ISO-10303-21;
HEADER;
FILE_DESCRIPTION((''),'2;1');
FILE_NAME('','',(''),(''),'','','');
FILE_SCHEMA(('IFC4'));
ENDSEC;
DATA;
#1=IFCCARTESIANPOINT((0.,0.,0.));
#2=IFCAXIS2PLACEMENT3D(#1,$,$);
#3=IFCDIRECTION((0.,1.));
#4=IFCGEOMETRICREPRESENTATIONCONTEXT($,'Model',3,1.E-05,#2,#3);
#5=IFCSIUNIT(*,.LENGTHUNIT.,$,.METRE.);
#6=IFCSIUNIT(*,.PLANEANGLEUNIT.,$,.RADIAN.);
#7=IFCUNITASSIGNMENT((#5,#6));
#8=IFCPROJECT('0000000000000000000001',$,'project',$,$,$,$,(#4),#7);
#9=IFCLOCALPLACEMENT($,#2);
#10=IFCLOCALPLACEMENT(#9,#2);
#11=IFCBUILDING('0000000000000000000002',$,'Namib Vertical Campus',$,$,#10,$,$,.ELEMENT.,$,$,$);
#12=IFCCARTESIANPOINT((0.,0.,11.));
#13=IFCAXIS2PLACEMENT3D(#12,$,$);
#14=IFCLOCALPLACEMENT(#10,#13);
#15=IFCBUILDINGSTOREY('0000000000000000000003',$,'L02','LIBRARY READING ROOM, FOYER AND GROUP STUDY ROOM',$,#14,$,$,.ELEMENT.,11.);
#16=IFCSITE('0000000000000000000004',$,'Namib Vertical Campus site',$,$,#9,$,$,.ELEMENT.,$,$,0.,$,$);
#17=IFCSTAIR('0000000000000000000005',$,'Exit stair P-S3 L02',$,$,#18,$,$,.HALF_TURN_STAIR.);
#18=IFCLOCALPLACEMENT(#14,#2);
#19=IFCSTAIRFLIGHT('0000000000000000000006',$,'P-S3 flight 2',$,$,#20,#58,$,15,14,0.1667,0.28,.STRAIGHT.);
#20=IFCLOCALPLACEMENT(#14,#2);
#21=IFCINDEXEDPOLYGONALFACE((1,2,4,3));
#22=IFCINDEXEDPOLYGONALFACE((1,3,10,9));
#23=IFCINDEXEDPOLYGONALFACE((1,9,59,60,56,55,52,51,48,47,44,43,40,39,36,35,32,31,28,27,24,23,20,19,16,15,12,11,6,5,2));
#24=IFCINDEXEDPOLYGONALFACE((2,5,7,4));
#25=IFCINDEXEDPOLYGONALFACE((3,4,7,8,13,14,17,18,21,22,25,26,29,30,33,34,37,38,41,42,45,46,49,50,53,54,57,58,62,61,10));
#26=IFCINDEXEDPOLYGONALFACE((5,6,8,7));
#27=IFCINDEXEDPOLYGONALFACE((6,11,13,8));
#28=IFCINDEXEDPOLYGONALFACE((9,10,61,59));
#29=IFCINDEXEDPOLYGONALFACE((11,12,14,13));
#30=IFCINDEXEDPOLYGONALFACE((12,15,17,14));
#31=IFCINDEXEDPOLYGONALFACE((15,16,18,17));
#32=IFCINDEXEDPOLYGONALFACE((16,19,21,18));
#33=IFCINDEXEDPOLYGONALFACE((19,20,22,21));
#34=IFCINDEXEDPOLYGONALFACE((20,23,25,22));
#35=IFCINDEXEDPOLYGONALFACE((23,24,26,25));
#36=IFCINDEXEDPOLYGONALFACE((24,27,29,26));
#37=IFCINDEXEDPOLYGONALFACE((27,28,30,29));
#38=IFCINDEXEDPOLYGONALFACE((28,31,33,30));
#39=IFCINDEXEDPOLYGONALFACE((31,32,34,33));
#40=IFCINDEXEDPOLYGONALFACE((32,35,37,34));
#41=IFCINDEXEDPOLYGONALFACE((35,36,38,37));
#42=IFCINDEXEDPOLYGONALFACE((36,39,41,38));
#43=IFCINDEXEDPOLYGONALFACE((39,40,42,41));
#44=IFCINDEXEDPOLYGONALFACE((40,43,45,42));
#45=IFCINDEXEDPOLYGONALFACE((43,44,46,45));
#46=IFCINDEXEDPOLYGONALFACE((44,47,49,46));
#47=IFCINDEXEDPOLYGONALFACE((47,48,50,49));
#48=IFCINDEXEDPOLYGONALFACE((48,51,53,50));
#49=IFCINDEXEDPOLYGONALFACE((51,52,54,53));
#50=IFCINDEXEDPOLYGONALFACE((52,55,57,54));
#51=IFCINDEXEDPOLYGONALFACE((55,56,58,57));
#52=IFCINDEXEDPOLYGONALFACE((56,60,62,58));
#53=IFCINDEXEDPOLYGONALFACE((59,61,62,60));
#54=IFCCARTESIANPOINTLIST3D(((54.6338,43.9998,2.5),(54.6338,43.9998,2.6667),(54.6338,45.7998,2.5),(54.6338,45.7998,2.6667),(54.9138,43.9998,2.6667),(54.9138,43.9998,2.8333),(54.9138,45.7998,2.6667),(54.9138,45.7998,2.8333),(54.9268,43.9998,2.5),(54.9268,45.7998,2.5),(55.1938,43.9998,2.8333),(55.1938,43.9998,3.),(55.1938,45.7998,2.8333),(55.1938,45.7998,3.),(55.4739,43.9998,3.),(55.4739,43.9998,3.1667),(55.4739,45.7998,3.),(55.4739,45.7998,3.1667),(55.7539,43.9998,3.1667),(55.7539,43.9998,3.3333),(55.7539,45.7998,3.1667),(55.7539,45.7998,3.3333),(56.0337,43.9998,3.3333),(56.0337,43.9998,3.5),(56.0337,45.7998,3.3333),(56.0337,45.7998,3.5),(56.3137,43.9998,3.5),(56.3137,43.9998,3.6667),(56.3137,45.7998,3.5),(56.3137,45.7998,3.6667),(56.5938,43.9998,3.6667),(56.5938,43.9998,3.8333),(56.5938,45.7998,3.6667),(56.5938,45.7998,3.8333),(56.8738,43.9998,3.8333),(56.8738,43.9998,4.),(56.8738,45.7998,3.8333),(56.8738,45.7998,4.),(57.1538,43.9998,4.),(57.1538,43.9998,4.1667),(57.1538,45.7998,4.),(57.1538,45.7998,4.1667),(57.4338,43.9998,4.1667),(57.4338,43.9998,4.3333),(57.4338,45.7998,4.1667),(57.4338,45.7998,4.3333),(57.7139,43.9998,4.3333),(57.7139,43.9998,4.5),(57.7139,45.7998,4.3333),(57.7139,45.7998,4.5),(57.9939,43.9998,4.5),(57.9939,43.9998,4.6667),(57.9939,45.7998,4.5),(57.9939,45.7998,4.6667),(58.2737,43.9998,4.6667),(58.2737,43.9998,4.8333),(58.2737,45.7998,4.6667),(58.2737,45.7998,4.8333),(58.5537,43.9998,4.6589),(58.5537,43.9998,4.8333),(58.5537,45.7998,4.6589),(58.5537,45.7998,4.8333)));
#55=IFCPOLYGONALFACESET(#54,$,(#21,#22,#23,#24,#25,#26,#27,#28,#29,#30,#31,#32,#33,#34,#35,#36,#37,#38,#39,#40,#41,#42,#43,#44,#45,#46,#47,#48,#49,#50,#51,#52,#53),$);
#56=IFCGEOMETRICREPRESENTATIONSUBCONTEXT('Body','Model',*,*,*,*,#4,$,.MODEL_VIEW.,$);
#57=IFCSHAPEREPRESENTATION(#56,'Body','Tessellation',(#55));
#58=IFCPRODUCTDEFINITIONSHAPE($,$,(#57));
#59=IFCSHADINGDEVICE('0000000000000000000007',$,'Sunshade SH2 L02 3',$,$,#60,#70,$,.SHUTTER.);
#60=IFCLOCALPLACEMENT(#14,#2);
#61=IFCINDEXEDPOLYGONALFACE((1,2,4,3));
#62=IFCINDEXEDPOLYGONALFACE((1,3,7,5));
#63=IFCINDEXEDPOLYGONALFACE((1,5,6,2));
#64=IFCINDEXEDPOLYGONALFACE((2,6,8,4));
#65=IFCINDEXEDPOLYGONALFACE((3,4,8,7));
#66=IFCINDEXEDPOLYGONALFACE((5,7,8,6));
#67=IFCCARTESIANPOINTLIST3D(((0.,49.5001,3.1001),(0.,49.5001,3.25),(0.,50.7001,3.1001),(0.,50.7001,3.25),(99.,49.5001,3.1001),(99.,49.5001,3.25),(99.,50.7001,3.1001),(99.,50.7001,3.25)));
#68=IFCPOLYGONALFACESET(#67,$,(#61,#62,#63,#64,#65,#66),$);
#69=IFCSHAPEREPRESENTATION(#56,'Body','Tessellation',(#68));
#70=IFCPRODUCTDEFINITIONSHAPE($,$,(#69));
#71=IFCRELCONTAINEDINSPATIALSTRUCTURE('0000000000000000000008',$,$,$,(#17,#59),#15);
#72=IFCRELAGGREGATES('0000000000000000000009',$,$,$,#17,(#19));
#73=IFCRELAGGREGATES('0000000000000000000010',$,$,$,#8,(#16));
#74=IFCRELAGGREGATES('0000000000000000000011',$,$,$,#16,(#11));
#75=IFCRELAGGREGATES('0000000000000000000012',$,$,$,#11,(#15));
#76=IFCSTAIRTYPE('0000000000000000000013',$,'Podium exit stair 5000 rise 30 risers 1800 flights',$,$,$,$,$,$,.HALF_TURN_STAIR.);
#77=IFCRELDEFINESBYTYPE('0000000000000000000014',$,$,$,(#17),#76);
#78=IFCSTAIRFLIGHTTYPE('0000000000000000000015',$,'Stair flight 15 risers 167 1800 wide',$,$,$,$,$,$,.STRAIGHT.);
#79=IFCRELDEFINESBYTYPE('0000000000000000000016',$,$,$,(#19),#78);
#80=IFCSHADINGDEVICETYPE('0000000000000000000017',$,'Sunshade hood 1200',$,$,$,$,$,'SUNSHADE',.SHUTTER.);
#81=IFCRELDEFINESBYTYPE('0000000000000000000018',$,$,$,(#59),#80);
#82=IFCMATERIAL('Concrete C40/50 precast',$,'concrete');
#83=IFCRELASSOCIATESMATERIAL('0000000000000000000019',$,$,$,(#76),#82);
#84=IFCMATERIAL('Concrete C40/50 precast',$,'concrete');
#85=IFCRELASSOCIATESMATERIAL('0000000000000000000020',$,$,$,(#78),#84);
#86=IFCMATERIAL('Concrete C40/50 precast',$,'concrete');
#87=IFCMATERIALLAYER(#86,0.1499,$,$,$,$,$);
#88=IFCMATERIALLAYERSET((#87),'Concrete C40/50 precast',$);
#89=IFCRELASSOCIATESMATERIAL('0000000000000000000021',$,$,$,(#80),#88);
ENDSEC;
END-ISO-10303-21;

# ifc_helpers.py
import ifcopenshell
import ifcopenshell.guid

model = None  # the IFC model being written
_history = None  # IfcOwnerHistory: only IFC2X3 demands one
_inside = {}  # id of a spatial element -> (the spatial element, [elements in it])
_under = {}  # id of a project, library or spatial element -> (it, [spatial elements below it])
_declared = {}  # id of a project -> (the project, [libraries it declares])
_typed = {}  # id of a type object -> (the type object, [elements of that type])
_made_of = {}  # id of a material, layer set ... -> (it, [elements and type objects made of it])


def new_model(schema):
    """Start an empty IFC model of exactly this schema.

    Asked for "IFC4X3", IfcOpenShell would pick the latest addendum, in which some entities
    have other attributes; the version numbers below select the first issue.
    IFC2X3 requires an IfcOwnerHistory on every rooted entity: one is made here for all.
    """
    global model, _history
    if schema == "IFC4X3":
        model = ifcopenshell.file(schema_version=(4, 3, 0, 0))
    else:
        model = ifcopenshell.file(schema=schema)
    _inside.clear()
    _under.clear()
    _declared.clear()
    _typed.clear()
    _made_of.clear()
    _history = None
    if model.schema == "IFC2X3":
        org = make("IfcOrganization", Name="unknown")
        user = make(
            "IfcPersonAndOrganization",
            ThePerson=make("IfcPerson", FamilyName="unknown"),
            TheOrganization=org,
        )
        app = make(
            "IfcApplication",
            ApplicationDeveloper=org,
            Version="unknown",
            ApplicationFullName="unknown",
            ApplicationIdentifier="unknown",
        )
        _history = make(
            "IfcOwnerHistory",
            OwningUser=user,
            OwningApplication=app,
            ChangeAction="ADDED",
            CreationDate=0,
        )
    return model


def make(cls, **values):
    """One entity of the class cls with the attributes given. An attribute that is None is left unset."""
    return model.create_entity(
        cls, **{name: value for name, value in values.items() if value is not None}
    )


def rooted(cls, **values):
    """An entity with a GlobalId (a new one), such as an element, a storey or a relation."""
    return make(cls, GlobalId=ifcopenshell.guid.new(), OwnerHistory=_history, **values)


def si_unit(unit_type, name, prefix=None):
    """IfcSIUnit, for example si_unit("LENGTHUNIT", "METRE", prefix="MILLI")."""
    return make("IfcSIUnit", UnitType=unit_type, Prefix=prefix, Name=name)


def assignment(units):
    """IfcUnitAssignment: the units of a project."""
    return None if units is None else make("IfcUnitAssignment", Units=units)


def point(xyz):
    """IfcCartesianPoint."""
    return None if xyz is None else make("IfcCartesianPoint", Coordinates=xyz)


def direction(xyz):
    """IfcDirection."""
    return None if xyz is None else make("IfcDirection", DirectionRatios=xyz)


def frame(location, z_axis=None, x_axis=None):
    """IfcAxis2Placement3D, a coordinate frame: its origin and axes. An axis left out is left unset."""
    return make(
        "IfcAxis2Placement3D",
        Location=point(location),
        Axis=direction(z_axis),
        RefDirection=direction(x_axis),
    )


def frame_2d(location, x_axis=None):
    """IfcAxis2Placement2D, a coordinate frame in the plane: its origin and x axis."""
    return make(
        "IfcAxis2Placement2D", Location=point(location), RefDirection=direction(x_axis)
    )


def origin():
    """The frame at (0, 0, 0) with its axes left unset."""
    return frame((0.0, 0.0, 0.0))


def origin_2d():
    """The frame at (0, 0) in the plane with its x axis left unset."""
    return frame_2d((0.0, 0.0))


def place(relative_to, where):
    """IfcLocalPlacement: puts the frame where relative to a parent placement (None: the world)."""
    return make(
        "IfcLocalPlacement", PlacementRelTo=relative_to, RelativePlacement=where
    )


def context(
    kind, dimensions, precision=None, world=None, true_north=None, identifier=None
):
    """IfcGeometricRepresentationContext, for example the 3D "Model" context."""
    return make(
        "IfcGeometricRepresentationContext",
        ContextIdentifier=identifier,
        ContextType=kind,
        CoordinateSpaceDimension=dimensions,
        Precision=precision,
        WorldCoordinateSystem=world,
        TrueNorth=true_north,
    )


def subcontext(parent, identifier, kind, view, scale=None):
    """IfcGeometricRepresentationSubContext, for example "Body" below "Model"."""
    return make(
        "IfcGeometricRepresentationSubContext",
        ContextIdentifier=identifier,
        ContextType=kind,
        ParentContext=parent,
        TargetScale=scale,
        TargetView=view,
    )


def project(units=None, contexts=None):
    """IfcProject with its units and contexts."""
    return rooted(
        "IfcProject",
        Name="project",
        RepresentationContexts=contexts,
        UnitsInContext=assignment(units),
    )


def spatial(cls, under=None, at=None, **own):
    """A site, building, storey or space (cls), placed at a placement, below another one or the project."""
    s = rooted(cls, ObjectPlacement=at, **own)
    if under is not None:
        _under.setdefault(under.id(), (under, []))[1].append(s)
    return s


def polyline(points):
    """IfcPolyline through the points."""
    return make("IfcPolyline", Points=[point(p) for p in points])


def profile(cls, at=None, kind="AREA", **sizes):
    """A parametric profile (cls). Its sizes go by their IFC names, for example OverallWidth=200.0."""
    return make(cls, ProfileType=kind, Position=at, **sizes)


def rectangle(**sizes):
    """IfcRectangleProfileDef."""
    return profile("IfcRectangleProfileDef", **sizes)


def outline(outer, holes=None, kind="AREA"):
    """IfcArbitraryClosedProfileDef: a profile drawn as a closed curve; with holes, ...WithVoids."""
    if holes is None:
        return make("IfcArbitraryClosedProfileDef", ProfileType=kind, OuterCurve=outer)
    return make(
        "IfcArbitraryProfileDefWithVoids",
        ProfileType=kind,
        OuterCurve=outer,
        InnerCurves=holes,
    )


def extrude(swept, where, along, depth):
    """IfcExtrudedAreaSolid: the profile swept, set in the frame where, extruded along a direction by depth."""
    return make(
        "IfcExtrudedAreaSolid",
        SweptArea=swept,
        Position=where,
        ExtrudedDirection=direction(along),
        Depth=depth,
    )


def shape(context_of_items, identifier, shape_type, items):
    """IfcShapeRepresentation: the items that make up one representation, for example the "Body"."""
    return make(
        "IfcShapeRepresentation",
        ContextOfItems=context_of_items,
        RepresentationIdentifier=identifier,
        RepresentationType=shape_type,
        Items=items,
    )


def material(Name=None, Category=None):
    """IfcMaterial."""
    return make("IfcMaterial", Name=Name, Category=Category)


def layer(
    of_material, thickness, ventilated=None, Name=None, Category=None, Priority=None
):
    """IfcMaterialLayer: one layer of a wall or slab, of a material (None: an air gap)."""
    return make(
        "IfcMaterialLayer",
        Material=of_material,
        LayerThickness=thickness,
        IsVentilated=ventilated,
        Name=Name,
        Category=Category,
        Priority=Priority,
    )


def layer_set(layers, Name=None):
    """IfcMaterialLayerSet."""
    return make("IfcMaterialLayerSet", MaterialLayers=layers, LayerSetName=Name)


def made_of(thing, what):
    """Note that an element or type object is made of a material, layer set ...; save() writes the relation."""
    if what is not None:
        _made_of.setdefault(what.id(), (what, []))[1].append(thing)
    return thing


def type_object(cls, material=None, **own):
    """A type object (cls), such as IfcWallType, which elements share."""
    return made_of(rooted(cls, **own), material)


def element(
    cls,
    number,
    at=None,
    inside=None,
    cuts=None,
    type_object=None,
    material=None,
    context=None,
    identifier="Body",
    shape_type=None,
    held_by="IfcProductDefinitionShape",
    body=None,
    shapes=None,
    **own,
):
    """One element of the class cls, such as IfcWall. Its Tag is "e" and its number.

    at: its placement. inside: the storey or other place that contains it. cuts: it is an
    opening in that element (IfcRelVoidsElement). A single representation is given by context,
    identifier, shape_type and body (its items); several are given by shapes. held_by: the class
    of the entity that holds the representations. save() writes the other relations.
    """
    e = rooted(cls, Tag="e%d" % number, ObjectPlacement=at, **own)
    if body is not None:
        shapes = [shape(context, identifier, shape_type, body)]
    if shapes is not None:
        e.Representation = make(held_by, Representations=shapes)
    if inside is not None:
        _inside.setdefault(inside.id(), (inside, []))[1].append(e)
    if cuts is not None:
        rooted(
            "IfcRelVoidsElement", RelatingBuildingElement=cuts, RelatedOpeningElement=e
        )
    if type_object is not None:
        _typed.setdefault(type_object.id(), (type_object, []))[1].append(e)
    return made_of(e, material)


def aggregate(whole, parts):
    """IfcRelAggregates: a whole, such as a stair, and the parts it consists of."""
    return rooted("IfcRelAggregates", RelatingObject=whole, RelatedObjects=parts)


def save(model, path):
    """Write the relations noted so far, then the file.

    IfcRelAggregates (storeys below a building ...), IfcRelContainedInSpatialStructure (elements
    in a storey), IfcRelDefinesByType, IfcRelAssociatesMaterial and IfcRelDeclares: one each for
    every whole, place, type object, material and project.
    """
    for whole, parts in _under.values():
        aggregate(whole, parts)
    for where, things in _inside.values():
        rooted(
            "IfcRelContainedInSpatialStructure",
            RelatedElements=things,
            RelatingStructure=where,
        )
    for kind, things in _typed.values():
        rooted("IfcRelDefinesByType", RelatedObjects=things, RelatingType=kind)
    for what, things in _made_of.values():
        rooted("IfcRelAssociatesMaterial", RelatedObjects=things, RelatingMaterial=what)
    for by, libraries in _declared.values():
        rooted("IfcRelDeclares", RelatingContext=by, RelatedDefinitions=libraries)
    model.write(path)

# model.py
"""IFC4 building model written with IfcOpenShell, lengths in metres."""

from ifc_helpers import new_model, si_unit, direction, frame, origin, origin_2d, place, context, subcontext, project, spatial, polyline, rectangle, outline, extrude, material, layer, layer_set, type_object, element, aggregate, save


model = new_model("IFC4")

# Units and contexts
model_context = context("Model", 3, precision=1e-05, world=origin(), true_north=direction((0.0, 1.0)))
body_context = subcontext(model_context, "Body", "Model", "MODEL_VIEW")
ifc_project = project(units=[si_unit("LENGTHUNIT", "METRE"), si_unit("PLANEANGLEUNIT", "RADIAN")], contexts=[model_context])

# Site, building, storey
site_placement = place(None, origin())
site = spatial("IfcSite", under=ifc_project, at=site_placement, Name="Namib Vertical Campus site", CompositionType="ELEMENT", RefElevation=0.0)
building_placement = place(site_placement, origin())
building = spatial("IfcBuilding", under=site, at=building_placement, Name="Namib Vertical Campus", CompositionType="ELEMENT")
storey_placement = place(building_placement, frame((0.0, 0.0, 11.0)))
storey = spatial("IfcBuildingStorey", under=building, at=storey_placement, Name="L02", Description="LIBRARY READING ROOM, FOYER AND GROUP STUDY ROOM", CompositionType="ELEMENT", Elevation=11.0)

# Stair, stair flight
ifc_material_1 = material(Name="Concrete C40/50 precast", Category="concrete")
stair_type = type_object("IfcStairType", Name="Podium exit stair 5000 rise 30 risers 1800 flights", PredefinedType="HALF_TURN_STAIR", material=ifc_material_1)
stair_placement = place(storey_placement, origin())
stair = element("IfcStair", 1, at=stair_placement, inside=storey, type_object=stair_type, Name="Exit stair P-S3 L02", PredefinedType="HALF_TURN_STAIR")
ifc_material_2 = material(Name="Concrete C40/50 precast", Category="concrete")
stair_flight_type = type_object("IfcStairFlightType", Name="Stair flight 15 risers 167 1800 wide", PredefinedType="STRAIGHT", material=ifc_material_2)
stair_flight_1_placement = place(storey_placement, frame((54.6338, 44.8999, 2.5), z_axis=(0.0, 0.0, 1.0), x_axis=(1.0, 0.0, 0.0)))
stair_flight_1 = element("IfcStairFlight", 2, at=stair_flight_1_placement, type_object=stair_flight_type, Name="P-S3 flight 2", NumberOfRisers=15, NumberOfTreads=14, PredefinedType="STRAIGHT", RiserHeight=0.1667, TreadLength=0.28, context=body_context, shape_type="SweptSolid", body=[
    extrude(outline(polyline([(0.0, 0.0), (0.0, 0.1667), (0.28, 0.1667), (0.28, 0.3333), (0.5601, 0.3333), (0.5601, 0.5), (0.8401, 0.5), (0.8401, 0.6667), (1.1201, 0.6667), (1.1201, 0.8333), (1.3999, 0.8333), (1.3999, 1.0), (1.6799, 1.0), (1.6799, 1.1667), (1.96, 1.1667), (1.96, 1.3333), (2.24, 1.3333), (2.24, 1.5), (2.52, 1.5), (2.52, 1.6667), (2.8, 1.6667), (2.8, 1.8333), (3.0801, 1.8333), (3.0801, 2.0), (3.3601, 2.0), (3.3601, 2.1667), (3.6399, 2.1667), (3.6399, 2.3333), (3.9199, 2.3333), (3.9199, 2.5), (3.9199, 2.1589), (0.293, 0.0), (0.0, 0.0)])), frame((0.0, 0.8999, 0.0), z_axis=(0.0, -1.0, 0.0), x_axis=(1.0, 0.0, 0.0)), (0.0, 0.0, 1.0), 1.8),
])
aggregate(stair, [stair_flight_1])

# Shading device
ifc_material_3 = material(Name="Concrete C40/50 precast", Category="concrete")
ifc_layer_1 = layer(ifc_material_3, 0.1499)
ifc_layer_set_1 = layer_set([ifc_layer_1], Name="Concrete C40/50 precast")
shading_device_type = type_object("IfcShadingDeviceType", Name="Sunshade hood 1200", ElementType="SUNSHADE", PredefinedType="SHUTTER", material=ifc_layer_set_1)
shading_device_placement = place(storey_placement, frame((49.5, 50.1001, 3.1001), z_axis=(0.0, 0.0, 1.0), x_axis=(-1.0, 0.0, 0.0)))
element("IfcShadingDevice", 3, at=shading_device_placement, inside=storey, type_object=shading_device_type, Name="Sunshade SH2 L02 3", PredefinedType="SHUTTER", context=body_context, shape_type="SweptSolid", body=[
    extrude(rectangle(XDim=99.0, YDim=1.2, at=origin_2d()), origin(), (0.0, 0.0, 1.0), 0.1499),
])

save(model, "model.ifc")
